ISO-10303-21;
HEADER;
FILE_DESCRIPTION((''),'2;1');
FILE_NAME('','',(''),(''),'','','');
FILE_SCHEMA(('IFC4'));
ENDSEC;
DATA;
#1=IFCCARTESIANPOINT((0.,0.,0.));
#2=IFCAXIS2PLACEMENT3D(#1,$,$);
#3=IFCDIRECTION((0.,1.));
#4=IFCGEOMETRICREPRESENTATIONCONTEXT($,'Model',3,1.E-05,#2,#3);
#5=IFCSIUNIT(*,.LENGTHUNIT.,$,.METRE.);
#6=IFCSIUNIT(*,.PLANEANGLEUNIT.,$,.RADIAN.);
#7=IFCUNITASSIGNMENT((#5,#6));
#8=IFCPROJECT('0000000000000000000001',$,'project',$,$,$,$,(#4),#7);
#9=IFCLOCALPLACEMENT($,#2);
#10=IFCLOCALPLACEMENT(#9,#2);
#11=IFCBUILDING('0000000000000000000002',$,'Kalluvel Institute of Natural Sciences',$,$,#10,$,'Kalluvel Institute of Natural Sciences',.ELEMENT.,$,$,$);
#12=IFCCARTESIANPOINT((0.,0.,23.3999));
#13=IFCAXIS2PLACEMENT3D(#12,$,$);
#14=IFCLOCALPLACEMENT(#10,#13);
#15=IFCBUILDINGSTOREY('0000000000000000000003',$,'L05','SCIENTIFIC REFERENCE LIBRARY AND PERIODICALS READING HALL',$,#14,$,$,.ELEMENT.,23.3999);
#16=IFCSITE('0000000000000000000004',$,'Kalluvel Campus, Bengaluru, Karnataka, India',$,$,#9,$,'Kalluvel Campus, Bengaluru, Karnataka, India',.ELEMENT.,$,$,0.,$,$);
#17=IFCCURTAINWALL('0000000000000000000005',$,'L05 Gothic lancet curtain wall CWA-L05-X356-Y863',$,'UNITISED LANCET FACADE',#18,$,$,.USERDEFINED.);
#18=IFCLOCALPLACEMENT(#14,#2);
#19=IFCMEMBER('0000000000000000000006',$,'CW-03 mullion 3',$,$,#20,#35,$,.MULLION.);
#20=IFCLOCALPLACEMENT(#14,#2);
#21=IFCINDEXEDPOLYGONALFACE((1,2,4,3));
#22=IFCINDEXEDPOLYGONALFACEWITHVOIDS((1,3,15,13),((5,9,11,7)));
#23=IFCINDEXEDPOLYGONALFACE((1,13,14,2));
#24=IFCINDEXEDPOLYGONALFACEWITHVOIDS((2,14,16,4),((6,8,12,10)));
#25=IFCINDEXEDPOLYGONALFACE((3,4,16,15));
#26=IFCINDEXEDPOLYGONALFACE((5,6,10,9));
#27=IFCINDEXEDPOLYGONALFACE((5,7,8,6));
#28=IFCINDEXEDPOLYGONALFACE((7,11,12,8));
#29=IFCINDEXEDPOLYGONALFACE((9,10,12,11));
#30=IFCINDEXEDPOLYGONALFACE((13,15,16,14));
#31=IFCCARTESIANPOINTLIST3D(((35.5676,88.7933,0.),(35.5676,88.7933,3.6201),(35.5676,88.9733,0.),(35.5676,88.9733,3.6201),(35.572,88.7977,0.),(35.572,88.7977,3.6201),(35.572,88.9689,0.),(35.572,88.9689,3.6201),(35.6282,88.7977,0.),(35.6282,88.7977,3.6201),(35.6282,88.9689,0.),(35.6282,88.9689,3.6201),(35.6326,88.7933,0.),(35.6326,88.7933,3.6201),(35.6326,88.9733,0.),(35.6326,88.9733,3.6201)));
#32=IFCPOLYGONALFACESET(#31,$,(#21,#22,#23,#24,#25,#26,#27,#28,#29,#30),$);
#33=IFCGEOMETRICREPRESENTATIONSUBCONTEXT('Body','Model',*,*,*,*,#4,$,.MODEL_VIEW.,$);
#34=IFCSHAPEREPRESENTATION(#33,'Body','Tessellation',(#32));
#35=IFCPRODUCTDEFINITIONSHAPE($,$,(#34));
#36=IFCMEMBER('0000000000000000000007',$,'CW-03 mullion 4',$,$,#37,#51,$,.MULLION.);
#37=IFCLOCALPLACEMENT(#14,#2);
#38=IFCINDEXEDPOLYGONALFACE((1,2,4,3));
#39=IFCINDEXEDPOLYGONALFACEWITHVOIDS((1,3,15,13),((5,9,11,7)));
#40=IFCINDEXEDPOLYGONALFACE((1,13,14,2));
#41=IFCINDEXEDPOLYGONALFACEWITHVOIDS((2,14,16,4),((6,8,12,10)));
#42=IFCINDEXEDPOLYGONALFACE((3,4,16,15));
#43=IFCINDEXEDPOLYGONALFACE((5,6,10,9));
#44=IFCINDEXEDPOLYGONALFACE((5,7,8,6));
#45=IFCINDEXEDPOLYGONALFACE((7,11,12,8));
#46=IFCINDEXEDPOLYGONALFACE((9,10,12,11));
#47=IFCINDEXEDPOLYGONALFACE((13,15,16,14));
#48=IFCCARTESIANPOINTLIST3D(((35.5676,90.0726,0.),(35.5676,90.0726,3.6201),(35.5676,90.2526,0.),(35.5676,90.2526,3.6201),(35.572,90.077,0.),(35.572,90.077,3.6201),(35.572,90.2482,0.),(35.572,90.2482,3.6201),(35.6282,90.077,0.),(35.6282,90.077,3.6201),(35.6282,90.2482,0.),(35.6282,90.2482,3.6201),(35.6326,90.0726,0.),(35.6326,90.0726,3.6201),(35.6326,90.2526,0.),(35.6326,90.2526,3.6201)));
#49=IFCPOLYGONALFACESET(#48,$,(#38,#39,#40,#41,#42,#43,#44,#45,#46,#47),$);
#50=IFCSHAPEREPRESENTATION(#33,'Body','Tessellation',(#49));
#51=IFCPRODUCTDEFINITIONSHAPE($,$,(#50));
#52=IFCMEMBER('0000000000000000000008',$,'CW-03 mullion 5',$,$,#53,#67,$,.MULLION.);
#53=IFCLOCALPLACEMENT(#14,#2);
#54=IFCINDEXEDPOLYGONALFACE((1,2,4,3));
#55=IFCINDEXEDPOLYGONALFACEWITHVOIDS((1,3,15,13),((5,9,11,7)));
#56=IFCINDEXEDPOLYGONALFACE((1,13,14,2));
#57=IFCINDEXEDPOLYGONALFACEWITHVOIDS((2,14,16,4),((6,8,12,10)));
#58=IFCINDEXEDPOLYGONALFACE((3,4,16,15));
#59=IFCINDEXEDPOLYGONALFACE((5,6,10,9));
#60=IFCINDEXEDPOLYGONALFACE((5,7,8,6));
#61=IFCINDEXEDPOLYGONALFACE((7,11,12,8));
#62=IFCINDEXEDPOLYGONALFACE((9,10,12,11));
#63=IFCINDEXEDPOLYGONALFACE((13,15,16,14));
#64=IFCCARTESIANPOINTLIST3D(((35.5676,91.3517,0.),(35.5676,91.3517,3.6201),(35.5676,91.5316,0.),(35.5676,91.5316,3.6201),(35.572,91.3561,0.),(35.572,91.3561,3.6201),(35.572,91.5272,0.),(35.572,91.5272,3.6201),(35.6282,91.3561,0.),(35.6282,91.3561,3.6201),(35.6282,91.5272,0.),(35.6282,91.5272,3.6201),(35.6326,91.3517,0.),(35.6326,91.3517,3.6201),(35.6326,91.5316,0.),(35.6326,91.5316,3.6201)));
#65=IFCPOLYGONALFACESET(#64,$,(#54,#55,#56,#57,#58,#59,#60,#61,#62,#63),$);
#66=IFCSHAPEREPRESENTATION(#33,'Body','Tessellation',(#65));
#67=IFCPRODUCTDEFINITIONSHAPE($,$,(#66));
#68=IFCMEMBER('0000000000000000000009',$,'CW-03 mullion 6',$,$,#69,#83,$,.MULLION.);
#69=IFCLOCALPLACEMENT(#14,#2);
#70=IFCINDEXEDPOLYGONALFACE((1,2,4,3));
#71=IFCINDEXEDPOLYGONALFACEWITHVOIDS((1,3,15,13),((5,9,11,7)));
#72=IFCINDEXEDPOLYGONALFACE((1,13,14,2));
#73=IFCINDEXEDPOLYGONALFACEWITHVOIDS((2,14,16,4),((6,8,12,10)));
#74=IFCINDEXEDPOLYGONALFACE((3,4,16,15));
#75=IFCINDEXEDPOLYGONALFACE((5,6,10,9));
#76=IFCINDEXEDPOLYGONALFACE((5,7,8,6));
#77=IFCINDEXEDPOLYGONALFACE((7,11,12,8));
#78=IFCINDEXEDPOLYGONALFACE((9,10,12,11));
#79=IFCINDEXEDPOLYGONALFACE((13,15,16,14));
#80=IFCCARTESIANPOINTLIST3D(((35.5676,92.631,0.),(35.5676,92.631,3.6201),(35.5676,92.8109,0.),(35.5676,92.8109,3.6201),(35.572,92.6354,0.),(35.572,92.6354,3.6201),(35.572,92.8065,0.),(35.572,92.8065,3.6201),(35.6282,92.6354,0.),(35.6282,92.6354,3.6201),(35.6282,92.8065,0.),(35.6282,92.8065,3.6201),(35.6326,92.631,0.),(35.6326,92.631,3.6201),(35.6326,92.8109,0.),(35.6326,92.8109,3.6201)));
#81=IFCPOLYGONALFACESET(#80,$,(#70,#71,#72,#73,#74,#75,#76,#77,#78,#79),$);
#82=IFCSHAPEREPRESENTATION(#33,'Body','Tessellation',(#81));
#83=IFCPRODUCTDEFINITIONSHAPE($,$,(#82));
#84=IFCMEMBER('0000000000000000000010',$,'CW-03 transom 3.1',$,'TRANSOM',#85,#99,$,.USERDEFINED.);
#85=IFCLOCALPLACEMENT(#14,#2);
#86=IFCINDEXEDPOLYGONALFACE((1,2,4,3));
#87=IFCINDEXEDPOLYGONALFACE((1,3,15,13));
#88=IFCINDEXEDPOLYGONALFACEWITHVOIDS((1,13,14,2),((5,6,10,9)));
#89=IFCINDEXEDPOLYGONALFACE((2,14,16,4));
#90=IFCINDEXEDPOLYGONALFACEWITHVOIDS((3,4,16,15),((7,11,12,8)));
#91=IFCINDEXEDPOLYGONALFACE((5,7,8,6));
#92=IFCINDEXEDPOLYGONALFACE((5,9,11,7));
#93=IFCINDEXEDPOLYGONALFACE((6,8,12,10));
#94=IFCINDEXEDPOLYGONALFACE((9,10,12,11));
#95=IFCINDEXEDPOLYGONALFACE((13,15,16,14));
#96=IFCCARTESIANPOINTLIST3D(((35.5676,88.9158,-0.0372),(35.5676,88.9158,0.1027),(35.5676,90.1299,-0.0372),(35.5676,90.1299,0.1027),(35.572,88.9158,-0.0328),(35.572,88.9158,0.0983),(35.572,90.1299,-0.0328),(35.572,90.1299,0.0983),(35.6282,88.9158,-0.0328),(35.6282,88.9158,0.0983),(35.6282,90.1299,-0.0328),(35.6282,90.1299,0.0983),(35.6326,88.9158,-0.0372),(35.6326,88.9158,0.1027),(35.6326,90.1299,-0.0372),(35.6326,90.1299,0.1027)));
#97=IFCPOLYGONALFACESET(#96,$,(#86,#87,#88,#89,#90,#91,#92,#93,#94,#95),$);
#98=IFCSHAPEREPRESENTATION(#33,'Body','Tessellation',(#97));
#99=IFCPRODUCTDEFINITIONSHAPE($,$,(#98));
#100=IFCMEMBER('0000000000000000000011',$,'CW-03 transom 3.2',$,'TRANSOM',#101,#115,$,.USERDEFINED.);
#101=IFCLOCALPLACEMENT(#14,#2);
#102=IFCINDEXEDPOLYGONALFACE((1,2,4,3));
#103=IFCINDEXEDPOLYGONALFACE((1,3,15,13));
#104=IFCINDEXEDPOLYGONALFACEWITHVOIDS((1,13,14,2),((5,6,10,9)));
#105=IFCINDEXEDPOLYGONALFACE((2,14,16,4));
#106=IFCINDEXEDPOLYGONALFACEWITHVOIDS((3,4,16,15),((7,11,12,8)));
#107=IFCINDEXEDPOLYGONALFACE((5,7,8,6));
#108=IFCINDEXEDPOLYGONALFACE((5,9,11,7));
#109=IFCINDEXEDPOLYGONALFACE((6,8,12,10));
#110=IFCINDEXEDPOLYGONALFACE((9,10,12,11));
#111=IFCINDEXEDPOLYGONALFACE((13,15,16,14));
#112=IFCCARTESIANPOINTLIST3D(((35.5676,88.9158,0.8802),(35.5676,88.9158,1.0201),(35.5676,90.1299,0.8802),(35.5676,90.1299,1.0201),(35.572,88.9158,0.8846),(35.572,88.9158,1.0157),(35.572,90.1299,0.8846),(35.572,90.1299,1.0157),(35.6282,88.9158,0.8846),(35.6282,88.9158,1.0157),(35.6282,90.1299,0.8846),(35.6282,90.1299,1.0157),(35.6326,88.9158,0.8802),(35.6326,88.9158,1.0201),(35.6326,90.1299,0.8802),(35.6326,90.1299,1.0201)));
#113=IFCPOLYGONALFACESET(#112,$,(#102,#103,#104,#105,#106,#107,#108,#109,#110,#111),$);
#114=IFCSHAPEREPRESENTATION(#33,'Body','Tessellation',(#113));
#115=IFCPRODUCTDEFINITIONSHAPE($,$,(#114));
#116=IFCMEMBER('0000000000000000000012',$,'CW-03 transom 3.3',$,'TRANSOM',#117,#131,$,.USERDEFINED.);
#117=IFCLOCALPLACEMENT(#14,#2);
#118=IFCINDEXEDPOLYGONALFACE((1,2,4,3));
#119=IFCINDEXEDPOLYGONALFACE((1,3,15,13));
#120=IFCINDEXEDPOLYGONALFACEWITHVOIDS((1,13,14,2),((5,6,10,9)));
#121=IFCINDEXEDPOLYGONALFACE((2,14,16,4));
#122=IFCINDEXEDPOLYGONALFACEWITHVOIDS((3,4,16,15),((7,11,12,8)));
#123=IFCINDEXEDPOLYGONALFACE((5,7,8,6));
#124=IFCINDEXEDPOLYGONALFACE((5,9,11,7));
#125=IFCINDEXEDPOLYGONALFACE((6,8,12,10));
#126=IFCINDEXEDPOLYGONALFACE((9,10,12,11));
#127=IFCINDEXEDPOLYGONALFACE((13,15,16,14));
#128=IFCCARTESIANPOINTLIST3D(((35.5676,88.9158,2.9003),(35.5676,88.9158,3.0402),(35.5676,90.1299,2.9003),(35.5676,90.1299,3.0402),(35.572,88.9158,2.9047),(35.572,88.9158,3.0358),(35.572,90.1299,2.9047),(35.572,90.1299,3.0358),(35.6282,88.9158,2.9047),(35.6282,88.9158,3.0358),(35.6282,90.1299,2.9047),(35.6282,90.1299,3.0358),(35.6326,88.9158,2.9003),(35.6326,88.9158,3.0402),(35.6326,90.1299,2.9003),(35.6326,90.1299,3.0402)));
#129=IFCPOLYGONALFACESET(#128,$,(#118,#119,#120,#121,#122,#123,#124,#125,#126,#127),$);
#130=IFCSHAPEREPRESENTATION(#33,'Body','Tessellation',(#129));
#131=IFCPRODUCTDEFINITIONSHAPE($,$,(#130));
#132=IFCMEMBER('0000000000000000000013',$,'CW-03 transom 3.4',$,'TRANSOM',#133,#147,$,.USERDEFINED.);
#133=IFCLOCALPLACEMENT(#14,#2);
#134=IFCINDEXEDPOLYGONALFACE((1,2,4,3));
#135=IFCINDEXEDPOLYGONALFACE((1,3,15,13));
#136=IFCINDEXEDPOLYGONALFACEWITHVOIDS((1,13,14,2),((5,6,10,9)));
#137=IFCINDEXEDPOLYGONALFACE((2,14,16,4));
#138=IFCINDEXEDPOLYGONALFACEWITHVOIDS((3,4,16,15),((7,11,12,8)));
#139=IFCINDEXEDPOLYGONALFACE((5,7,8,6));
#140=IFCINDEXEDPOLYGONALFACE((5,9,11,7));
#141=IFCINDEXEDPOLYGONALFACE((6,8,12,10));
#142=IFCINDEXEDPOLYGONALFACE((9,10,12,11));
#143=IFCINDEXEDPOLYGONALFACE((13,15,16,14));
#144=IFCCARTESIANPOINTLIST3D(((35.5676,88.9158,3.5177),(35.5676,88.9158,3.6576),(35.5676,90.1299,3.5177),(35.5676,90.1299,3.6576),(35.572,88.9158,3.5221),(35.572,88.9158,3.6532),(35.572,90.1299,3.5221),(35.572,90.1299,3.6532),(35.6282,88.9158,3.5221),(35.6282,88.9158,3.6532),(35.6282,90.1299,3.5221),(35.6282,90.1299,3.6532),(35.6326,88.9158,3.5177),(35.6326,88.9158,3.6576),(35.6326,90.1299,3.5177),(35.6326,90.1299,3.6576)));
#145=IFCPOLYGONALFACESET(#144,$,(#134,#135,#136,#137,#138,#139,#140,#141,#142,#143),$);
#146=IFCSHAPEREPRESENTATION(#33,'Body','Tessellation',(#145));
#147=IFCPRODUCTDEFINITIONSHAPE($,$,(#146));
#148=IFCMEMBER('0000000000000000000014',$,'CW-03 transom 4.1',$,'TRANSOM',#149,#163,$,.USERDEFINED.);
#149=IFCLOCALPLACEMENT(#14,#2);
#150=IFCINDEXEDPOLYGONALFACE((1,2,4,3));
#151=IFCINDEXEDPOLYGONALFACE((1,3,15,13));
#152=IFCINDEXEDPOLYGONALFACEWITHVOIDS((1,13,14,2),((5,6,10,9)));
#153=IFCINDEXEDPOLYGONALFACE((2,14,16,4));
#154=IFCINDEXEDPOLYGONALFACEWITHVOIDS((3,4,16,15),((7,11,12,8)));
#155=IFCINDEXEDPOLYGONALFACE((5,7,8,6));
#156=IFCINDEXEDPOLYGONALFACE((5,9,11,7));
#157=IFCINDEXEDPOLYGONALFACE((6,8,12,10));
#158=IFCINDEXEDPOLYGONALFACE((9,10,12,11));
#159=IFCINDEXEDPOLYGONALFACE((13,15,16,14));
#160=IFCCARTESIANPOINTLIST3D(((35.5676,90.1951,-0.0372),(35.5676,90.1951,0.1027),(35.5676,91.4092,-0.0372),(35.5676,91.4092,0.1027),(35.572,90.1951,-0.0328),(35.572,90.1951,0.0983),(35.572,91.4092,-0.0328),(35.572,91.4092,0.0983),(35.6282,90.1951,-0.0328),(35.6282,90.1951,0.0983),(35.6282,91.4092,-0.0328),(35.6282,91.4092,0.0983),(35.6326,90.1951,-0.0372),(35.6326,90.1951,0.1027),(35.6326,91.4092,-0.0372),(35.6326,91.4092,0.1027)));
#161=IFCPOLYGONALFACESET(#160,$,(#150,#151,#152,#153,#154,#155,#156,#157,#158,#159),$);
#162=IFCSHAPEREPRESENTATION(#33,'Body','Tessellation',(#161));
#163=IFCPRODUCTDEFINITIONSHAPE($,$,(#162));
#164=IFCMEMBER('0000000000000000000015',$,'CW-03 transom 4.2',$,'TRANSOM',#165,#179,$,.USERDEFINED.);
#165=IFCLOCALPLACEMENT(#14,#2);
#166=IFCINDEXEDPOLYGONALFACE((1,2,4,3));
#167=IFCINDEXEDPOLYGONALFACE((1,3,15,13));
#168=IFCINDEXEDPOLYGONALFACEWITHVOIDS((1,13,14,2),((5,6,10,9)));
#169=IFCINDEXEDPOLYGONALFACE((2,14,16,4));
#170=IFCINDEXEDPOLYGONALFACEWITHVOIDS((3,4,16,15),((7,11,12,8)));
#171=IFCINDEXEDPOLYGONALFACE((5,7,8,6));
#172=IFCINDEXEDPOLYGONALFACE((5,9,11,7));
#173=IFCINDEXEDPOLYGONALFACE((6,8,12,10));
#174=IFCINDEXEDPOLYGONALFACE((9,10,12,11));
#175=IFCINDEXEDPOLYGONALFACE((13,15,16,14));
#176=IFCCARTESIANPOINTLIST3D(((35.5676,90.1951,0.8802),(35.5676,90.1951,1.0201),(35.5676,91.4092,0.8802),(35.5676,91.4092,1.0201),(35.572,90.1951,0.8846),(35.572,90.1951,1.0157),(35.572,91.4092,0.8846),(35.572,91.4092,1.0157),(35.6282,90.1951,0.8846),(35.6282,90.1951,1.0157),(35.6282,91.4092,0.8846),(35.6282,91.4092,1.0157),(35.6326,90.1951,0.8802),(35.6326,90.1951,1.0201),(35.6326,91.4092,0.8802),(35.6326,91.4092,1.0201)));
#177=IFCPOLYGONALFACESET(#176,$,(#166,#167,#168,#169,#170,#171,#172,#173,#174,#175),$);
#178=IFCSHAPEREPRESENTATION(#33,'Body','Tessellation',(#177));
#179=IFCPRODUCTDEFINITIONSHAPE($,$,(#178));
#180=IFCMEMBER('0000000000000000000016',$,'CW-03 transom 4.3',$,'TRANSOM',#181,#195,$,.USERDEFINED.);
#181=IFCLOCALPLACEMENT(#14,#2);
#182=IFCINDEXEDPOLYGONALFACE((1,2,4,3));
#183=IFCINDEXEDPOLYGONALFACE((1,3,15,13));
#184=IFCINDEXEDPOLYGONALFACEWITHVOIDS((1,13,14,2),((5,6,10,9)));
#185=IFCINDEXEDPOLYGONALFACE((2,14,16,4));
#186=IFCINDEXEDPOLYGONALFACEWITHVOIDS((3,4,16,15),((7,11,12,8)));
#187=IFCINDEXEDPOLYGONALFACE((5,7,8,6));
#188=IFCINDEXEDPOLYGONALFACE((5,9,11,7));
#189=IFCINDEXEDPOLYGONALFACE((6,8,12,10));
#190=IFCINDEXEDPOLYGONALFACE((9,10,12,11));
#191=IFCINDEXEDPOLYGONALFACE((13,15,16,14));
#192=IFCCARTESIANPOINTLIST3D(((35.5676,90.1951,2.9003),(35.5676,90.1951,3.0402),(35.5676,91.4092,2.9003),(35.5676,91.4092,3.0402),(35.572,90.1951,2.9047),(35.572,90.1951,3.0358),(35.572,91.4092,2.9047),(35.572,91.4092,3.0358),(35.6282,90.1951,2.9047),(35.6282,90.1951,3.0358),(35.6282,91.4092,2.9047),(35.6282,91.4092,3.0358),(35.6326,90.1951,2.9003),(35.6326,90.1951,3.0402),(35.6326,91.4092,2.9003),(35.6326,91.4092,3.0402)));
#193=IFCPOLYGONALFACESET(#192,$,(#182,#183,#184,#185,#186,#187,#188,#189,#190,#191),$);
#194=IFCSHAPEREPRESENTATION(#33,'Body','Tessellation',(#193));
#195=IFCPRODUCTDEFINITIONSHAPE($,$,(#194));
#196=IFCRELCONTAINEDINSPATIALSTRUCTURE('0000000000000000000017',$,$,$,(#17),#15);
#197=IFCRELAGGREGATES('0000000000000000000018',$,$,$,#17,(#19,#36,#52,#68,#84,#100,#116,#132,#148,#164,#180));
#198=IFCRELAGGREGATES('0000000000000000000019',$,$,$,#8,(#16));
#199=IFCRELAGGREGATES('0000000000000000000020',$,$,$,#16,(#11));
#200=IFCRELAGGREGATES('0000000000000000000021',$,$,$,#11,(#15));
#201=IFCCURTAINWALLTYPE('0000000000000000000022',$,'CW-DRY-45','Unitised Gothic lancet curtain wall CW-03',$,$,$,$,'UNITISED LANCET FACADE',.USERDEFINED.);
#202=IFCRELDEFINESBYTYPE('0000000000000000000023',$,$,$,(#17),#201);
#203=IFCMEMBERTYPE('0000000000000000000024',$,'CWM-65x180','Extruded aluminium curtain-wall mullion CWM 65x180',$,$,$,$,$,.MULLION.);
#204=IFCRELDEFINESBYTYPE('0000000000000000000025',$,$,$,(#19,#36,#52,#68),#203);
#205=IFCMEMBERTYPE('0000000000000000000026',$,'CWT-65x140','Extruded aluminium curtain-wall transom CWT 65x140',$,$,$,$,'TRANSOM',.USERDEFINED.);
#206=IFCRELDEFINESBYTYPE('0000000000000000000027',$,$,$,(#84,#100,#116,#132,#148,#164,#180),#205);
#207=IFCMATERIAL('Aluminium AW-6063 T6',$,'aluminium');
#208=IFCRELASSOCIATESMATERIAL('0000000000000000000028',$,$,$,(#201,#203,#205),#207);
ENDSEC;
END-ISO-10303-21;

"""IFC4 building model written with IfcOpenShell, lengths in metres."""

from ifc_helpers import new_model, si_unit, direction, frame, origin, origin_2d, place, context, subcontext, project, spatial, hollow_rectangle, extrude, material, material_profile, profile_set, type_object, element, aggregate, save


model = new_model("IFC4")

# Units and contexts
model_context = context("Model", 3, precision=1e-05, world=origin(), true_north=direction((0.0, 1.0)))
body_context = subcontext(model_context, "Body", "Model", "MODEL_VIEW")
ifc_project = project(units=[si_unit("LENGTHUNIT", "METRE"), si_unit("PLANEANGLEUNIT", "RADIAN")], contexts=[model_context])

# Site, building, storey
site_placement = place(None, origin())
site = spatial("IfcSite", under=ifc_project, at=site_placement, Name="Kalluvel Campus, Bengaluru, Karnataka, India", LongName="Kalluvel Campus, Bengaluru, Karnataka, India", CompositionType="ELEMENT", RefElevation=0.0)
building_placement = place(site_placement, origin())
building = spatial("IfcBuilding", under=site, at=building_placement, Name="Kalluvel Institute of Natural Sciences", LongName="Kalluvel Institute of Natural Sciences", CompositionType="ELEMENT")
storey_placement = place(building_placement, frame((0.0, 0.0, 23.3999)))
storey = spatial("IfcBuildingStorey", under=building, at=storey_placement, Name="L05", Description="SCIENTIFIC REFERENCE LIBRARY AND PERIODICALS READING HALL", CompositionType="ELEMENT", Elevation=23.3999)

# Curtain wall, members
ifc_material_1 = material(Name="Aluminium AW-6063 T6", Category="aluminium")
curtain_wall_type = type_object("IfcCurtainWallType", Name="CW-DRY-45", Description="Unitised Gothic lancet curtain wall CW-03", ElementType="UNITISED LANCET FACADE", PredefinedType="USERDEFINED", material=ifc_material_1)
curtain_wall_placement = place(storey_placement, origin())
curtain_wall = element("IfcCurtainWall", 1, at=curtain_wall_placement, inside=storey, type_object=curtain_wall_type, Name="L05 Gothic lancet curtain wall CWA-L05-X356-Y863", ObjectType="UNITISED LANCET FACADE", PredefinedType="USERDEFINED")
ifc_material_profile_1 = material_profile(ifc_material_1, hollow_rectangle(XDim=0.0649, YDim=0.1799, WallThickness=0.0044, at=origin_2d()), Name="CWM 65x180")
ifc_profile_set_1 = profile_set([ifc_material_profile_1], Name="Aluminium AW-6063 T6")
member_type_1 = type_object("IfcMemberType", Name="CWM-65x180", Description="Extruded aluminium curtain-wall mullion CWM 65x180", PredefinedType="MULLION", material=ifc_profile_set_1)
member_1_placement = place(storey_placement, frame((35.6001, 88.8833, 0.0), z_axis=(0.0, 0.0, 1.0), x_axis=(-1.0, 0.0, 0.0)))
member_1 = element("IfcMember", 2, at=member_1_placement, type_object=member_type_1, Name="CW-03 mullion 3", PredefinedType="MULLION", context=body_context, shape_type="SweptSolid", body=[
    extrude(hollow_rectangle(XDim=0.0649, YDim=0.1799, WallThickness=0.0044, at=origin_2d()), origin(), (0.0, 0.0, 1.0), 3.6201),
])
member_2_placement = place(storey_placement, frame((35.6001, 90.1626, 0.0), z_axis=(0.0, 0.0, 1.0), x_axis=(-1.0, 0.0, 0.0)))
member_2 = element("IfcMember", 3, at=member_2_placement, type_object=member_type_1, Name="CW-03 mullion 4", PredefinedType="MULLION", context=body_context, shape_type="SweptSolid", body=[
    extrude(hollow_rectangle(XDim=0.0649, YDim=0.1799, WallThickness=0.0044, at=origin_2d()), origin(), (0.0, 0.0, 1.0), 3.6201),
])
member_3_placement = place(storey_placement, frame((35.6001, 91.4417, 0.0), z_axis=(0.0, 0.0, 1.0), x_axis=(-1.0, 0.0, 0.0)))
member_3 = element("IfcMember", 4, at=member_3_placement, type_object=member_type_1, Name="CW-03 mullion 5", PredefinedType="MULLION", context=body_context, shape_type="SweptSolid", body=[
    extrude(hollow_rectangle(XDim=0.0649, YDim=0.1799, WallThickness=0.0044, at=origin_2d()), origin(), (0.0, 0.0, 1.0), 3.6201),
])
member_4_placement = place(storey_placement, frame((35.6001, 92.7209, 0.0), z_axis=(0.0, 0.0, 1.0), x_axis=(-1.0, 0.0, 0.0)))
member_4 = element("IfcMember", 5, at=member_4_placement, type_object=member_type_1, Name="CW-03 mullion 6", PredefinedType="MULLION", context=body_context, shape_type="SweptSolid", body=[
    extrude(hollow_rectangle(XDim=0.0649, YDim=0.1799, WallThickness=0.0044, at=origin_2d()), origin(), (0.0, 0.0, 1.0), 3.6201),
])
ifc_material_profile_2 = material_profile(ifc_material_1, hollow_rectangle(XDim=0.0649, YDim=0.1399, WallThickness=0.0044, at=origin_2d()), Name="CWT 65x140")
ifc_profile_set_2 = profile_set([ifc_material_profile_2], Name="Aluminium AW-6063 T6")
member_type_2 = type_object("IfcMemberType", Name="CWT-65x140", Description="Extruded aluminium curtain-wall transom CWT 65x140", ElementType="TRANSOM", PredefinedType="USERDEFINED", material=ifc_profile_set_2)
member_5_placement = place(storey_placement, frame((35.6001, 88.9158, 0.0327), z_axis=(0.0, 1.0, 0.0), x_axis=(-1.0, 0.0, 0.0)))
member_5 = element("IfcMember", 6, at=member_5_placement, type_object=member_type_2, Name="CW-03 transom 3.1", ObjectType="TRANSOM", PredefinedType="USERDEFINED", context=body_context, shape_type="SweptSolid", body=[
    extrude(hollow_rectangle(XDim=0.0649, YDim=0.1399, WallThickness=0.0044, at=origin_2d()), origin(), (0.0, 0.0, 1.0), 1.2141),
])
member_6_placement = place(storey_placement, frame((35.6001, 88.9158, 0.9502), z_axis=(0.0, 1.0, 0.0), x_axis=(-1.0, 0.0, 0.0)))
member_6 = element("IfcMember", 7, at=member_6_placement, type_object=member_type_2, Name="CW-03 transom 3.2", ObjectType="TRANSOM", PredefinedType="USERDEFINED", context=body_context, shape_type="SweptSolid", body=[
    extrude(hollow_rectangle(XDim=0.0649, YDim=0.1399, WallThickness=0.0044, at=origin_2d()), origin(), (0.0, 0.0, 1.0), 1.2141),
])
member_7_placement = place(storey_placement, frame((35.6001, 88.9158, 2.9702), z_axis=(0.0, 1.0, 0.0), x_axis=(-1.0, 0.0, 0.0)))
member_7 = element("IfcMember", 8, at=member_7_placement, type_object=member_type_2, Name="CW-03 transom 3.3", ObjectType="TRANSOM", PredefinedType="USERDEFINED", context=body_context, shape_type="SweptSolid", body=[
    extrude(hollow_rectangle(XDim=0.0649, YDim=0.1399, WallThickness=0.0044, at=origin_2d()), origin(), (0.0, 0.0, 1.0), 1.2141),
])
member_8_placement = place(storey_placement, frame((35.6001, 88.9158, 3.5876), z_axis=(0.0, 1.0, 0.0), x_axis=(-1.0, 0.0, 0.0)))
member_8 = element("IfcMember", 9, at=member_8_placement, type_object=member_type_2, Name="CW-03 transom 3.4", ObjectType="TRANSOM", PredefinedType="USERDEFINED", context=body_context, shape_type="SweptSolid", body=[
    extrude(hollow_rectangle(XDim=0.0649, YDim=0.1399, WallThickness=0.0044, at=origin_2d()), origin(), (0.0, 0.0, 1.0), 1.2141),
])
member_9_placement = place(storey_placement, frame((35.6001, 90.1951, 0.0327), z_axis=(0.0, 1.0, 0.0), x_axis=(-1.0, 0.0, 0.0)))
member_9 = element("IfcMember", 10, at=member_9_placement, type_object=member_type_2, Name="CW-03 transom 4.1", ObjectType="TRANSOM", PredefinedType="USERDEFINED", context=body_context, shape_type="SweptSolid", body=[
    extrude(hollow_rectangle(XDim=0.0649, YDim=0.1399, WallThickness=0.0044, at=origin_2d()), origin(), (0.0, 0.0, 1.0), 1.2141),
])
member_10_placement = place(storey_placement, frame((35.6001, 90.1951, 0.9502), z_axis=(0.0, 1.0, 0.0), x_axis=(-1.0, 0.0, 0.0)))
member_10 = element("IfcMember", 11, at=member_10_placement, type_object=member_type_2, Name="CW-03 transom 4.2", ObjectType="TRANSOM", PredefinedType="USERDEFINED", context=body_context, shape_type="SweptSolid", body=[
    extrude(hollow_rectangle(XDim=0.0649, YDim=0.1399, WallThickness=0.0044, at=origin_2d()), origin(), (0.0, 0.0, 1.0), 1.2141),
])
member_11_placement = place(storey_placement, frame((35.6001, 90.1951, 2.9702), z_axis=(0.0, 1.0, 0.0), x_axis=(-1.0, 0.0, 0.0)))
member_11 = element("IfcMember", 12, at=member_11_placement, type_object=member_type_2, Name="CW-03 transom 4.3", ObjectType="TRANSOM", PredefinedType="USERDEFINED", context=body_context, shape_type="SweptSolid", body=[
    extrude(hollow_rectangle(XDim=0.0649, YDim=0.1399, WallThickness=0.0044, at=origin_2d()), origin(), (0.0, 0.0, 1.0), 1.2141),
])
aggregate(curtain_wall, [member_1, member_2, member_3, member_4, member_5, member_6, member_7, member_8, member_9, member_10, member_11])

save(model, "model.ifc")
